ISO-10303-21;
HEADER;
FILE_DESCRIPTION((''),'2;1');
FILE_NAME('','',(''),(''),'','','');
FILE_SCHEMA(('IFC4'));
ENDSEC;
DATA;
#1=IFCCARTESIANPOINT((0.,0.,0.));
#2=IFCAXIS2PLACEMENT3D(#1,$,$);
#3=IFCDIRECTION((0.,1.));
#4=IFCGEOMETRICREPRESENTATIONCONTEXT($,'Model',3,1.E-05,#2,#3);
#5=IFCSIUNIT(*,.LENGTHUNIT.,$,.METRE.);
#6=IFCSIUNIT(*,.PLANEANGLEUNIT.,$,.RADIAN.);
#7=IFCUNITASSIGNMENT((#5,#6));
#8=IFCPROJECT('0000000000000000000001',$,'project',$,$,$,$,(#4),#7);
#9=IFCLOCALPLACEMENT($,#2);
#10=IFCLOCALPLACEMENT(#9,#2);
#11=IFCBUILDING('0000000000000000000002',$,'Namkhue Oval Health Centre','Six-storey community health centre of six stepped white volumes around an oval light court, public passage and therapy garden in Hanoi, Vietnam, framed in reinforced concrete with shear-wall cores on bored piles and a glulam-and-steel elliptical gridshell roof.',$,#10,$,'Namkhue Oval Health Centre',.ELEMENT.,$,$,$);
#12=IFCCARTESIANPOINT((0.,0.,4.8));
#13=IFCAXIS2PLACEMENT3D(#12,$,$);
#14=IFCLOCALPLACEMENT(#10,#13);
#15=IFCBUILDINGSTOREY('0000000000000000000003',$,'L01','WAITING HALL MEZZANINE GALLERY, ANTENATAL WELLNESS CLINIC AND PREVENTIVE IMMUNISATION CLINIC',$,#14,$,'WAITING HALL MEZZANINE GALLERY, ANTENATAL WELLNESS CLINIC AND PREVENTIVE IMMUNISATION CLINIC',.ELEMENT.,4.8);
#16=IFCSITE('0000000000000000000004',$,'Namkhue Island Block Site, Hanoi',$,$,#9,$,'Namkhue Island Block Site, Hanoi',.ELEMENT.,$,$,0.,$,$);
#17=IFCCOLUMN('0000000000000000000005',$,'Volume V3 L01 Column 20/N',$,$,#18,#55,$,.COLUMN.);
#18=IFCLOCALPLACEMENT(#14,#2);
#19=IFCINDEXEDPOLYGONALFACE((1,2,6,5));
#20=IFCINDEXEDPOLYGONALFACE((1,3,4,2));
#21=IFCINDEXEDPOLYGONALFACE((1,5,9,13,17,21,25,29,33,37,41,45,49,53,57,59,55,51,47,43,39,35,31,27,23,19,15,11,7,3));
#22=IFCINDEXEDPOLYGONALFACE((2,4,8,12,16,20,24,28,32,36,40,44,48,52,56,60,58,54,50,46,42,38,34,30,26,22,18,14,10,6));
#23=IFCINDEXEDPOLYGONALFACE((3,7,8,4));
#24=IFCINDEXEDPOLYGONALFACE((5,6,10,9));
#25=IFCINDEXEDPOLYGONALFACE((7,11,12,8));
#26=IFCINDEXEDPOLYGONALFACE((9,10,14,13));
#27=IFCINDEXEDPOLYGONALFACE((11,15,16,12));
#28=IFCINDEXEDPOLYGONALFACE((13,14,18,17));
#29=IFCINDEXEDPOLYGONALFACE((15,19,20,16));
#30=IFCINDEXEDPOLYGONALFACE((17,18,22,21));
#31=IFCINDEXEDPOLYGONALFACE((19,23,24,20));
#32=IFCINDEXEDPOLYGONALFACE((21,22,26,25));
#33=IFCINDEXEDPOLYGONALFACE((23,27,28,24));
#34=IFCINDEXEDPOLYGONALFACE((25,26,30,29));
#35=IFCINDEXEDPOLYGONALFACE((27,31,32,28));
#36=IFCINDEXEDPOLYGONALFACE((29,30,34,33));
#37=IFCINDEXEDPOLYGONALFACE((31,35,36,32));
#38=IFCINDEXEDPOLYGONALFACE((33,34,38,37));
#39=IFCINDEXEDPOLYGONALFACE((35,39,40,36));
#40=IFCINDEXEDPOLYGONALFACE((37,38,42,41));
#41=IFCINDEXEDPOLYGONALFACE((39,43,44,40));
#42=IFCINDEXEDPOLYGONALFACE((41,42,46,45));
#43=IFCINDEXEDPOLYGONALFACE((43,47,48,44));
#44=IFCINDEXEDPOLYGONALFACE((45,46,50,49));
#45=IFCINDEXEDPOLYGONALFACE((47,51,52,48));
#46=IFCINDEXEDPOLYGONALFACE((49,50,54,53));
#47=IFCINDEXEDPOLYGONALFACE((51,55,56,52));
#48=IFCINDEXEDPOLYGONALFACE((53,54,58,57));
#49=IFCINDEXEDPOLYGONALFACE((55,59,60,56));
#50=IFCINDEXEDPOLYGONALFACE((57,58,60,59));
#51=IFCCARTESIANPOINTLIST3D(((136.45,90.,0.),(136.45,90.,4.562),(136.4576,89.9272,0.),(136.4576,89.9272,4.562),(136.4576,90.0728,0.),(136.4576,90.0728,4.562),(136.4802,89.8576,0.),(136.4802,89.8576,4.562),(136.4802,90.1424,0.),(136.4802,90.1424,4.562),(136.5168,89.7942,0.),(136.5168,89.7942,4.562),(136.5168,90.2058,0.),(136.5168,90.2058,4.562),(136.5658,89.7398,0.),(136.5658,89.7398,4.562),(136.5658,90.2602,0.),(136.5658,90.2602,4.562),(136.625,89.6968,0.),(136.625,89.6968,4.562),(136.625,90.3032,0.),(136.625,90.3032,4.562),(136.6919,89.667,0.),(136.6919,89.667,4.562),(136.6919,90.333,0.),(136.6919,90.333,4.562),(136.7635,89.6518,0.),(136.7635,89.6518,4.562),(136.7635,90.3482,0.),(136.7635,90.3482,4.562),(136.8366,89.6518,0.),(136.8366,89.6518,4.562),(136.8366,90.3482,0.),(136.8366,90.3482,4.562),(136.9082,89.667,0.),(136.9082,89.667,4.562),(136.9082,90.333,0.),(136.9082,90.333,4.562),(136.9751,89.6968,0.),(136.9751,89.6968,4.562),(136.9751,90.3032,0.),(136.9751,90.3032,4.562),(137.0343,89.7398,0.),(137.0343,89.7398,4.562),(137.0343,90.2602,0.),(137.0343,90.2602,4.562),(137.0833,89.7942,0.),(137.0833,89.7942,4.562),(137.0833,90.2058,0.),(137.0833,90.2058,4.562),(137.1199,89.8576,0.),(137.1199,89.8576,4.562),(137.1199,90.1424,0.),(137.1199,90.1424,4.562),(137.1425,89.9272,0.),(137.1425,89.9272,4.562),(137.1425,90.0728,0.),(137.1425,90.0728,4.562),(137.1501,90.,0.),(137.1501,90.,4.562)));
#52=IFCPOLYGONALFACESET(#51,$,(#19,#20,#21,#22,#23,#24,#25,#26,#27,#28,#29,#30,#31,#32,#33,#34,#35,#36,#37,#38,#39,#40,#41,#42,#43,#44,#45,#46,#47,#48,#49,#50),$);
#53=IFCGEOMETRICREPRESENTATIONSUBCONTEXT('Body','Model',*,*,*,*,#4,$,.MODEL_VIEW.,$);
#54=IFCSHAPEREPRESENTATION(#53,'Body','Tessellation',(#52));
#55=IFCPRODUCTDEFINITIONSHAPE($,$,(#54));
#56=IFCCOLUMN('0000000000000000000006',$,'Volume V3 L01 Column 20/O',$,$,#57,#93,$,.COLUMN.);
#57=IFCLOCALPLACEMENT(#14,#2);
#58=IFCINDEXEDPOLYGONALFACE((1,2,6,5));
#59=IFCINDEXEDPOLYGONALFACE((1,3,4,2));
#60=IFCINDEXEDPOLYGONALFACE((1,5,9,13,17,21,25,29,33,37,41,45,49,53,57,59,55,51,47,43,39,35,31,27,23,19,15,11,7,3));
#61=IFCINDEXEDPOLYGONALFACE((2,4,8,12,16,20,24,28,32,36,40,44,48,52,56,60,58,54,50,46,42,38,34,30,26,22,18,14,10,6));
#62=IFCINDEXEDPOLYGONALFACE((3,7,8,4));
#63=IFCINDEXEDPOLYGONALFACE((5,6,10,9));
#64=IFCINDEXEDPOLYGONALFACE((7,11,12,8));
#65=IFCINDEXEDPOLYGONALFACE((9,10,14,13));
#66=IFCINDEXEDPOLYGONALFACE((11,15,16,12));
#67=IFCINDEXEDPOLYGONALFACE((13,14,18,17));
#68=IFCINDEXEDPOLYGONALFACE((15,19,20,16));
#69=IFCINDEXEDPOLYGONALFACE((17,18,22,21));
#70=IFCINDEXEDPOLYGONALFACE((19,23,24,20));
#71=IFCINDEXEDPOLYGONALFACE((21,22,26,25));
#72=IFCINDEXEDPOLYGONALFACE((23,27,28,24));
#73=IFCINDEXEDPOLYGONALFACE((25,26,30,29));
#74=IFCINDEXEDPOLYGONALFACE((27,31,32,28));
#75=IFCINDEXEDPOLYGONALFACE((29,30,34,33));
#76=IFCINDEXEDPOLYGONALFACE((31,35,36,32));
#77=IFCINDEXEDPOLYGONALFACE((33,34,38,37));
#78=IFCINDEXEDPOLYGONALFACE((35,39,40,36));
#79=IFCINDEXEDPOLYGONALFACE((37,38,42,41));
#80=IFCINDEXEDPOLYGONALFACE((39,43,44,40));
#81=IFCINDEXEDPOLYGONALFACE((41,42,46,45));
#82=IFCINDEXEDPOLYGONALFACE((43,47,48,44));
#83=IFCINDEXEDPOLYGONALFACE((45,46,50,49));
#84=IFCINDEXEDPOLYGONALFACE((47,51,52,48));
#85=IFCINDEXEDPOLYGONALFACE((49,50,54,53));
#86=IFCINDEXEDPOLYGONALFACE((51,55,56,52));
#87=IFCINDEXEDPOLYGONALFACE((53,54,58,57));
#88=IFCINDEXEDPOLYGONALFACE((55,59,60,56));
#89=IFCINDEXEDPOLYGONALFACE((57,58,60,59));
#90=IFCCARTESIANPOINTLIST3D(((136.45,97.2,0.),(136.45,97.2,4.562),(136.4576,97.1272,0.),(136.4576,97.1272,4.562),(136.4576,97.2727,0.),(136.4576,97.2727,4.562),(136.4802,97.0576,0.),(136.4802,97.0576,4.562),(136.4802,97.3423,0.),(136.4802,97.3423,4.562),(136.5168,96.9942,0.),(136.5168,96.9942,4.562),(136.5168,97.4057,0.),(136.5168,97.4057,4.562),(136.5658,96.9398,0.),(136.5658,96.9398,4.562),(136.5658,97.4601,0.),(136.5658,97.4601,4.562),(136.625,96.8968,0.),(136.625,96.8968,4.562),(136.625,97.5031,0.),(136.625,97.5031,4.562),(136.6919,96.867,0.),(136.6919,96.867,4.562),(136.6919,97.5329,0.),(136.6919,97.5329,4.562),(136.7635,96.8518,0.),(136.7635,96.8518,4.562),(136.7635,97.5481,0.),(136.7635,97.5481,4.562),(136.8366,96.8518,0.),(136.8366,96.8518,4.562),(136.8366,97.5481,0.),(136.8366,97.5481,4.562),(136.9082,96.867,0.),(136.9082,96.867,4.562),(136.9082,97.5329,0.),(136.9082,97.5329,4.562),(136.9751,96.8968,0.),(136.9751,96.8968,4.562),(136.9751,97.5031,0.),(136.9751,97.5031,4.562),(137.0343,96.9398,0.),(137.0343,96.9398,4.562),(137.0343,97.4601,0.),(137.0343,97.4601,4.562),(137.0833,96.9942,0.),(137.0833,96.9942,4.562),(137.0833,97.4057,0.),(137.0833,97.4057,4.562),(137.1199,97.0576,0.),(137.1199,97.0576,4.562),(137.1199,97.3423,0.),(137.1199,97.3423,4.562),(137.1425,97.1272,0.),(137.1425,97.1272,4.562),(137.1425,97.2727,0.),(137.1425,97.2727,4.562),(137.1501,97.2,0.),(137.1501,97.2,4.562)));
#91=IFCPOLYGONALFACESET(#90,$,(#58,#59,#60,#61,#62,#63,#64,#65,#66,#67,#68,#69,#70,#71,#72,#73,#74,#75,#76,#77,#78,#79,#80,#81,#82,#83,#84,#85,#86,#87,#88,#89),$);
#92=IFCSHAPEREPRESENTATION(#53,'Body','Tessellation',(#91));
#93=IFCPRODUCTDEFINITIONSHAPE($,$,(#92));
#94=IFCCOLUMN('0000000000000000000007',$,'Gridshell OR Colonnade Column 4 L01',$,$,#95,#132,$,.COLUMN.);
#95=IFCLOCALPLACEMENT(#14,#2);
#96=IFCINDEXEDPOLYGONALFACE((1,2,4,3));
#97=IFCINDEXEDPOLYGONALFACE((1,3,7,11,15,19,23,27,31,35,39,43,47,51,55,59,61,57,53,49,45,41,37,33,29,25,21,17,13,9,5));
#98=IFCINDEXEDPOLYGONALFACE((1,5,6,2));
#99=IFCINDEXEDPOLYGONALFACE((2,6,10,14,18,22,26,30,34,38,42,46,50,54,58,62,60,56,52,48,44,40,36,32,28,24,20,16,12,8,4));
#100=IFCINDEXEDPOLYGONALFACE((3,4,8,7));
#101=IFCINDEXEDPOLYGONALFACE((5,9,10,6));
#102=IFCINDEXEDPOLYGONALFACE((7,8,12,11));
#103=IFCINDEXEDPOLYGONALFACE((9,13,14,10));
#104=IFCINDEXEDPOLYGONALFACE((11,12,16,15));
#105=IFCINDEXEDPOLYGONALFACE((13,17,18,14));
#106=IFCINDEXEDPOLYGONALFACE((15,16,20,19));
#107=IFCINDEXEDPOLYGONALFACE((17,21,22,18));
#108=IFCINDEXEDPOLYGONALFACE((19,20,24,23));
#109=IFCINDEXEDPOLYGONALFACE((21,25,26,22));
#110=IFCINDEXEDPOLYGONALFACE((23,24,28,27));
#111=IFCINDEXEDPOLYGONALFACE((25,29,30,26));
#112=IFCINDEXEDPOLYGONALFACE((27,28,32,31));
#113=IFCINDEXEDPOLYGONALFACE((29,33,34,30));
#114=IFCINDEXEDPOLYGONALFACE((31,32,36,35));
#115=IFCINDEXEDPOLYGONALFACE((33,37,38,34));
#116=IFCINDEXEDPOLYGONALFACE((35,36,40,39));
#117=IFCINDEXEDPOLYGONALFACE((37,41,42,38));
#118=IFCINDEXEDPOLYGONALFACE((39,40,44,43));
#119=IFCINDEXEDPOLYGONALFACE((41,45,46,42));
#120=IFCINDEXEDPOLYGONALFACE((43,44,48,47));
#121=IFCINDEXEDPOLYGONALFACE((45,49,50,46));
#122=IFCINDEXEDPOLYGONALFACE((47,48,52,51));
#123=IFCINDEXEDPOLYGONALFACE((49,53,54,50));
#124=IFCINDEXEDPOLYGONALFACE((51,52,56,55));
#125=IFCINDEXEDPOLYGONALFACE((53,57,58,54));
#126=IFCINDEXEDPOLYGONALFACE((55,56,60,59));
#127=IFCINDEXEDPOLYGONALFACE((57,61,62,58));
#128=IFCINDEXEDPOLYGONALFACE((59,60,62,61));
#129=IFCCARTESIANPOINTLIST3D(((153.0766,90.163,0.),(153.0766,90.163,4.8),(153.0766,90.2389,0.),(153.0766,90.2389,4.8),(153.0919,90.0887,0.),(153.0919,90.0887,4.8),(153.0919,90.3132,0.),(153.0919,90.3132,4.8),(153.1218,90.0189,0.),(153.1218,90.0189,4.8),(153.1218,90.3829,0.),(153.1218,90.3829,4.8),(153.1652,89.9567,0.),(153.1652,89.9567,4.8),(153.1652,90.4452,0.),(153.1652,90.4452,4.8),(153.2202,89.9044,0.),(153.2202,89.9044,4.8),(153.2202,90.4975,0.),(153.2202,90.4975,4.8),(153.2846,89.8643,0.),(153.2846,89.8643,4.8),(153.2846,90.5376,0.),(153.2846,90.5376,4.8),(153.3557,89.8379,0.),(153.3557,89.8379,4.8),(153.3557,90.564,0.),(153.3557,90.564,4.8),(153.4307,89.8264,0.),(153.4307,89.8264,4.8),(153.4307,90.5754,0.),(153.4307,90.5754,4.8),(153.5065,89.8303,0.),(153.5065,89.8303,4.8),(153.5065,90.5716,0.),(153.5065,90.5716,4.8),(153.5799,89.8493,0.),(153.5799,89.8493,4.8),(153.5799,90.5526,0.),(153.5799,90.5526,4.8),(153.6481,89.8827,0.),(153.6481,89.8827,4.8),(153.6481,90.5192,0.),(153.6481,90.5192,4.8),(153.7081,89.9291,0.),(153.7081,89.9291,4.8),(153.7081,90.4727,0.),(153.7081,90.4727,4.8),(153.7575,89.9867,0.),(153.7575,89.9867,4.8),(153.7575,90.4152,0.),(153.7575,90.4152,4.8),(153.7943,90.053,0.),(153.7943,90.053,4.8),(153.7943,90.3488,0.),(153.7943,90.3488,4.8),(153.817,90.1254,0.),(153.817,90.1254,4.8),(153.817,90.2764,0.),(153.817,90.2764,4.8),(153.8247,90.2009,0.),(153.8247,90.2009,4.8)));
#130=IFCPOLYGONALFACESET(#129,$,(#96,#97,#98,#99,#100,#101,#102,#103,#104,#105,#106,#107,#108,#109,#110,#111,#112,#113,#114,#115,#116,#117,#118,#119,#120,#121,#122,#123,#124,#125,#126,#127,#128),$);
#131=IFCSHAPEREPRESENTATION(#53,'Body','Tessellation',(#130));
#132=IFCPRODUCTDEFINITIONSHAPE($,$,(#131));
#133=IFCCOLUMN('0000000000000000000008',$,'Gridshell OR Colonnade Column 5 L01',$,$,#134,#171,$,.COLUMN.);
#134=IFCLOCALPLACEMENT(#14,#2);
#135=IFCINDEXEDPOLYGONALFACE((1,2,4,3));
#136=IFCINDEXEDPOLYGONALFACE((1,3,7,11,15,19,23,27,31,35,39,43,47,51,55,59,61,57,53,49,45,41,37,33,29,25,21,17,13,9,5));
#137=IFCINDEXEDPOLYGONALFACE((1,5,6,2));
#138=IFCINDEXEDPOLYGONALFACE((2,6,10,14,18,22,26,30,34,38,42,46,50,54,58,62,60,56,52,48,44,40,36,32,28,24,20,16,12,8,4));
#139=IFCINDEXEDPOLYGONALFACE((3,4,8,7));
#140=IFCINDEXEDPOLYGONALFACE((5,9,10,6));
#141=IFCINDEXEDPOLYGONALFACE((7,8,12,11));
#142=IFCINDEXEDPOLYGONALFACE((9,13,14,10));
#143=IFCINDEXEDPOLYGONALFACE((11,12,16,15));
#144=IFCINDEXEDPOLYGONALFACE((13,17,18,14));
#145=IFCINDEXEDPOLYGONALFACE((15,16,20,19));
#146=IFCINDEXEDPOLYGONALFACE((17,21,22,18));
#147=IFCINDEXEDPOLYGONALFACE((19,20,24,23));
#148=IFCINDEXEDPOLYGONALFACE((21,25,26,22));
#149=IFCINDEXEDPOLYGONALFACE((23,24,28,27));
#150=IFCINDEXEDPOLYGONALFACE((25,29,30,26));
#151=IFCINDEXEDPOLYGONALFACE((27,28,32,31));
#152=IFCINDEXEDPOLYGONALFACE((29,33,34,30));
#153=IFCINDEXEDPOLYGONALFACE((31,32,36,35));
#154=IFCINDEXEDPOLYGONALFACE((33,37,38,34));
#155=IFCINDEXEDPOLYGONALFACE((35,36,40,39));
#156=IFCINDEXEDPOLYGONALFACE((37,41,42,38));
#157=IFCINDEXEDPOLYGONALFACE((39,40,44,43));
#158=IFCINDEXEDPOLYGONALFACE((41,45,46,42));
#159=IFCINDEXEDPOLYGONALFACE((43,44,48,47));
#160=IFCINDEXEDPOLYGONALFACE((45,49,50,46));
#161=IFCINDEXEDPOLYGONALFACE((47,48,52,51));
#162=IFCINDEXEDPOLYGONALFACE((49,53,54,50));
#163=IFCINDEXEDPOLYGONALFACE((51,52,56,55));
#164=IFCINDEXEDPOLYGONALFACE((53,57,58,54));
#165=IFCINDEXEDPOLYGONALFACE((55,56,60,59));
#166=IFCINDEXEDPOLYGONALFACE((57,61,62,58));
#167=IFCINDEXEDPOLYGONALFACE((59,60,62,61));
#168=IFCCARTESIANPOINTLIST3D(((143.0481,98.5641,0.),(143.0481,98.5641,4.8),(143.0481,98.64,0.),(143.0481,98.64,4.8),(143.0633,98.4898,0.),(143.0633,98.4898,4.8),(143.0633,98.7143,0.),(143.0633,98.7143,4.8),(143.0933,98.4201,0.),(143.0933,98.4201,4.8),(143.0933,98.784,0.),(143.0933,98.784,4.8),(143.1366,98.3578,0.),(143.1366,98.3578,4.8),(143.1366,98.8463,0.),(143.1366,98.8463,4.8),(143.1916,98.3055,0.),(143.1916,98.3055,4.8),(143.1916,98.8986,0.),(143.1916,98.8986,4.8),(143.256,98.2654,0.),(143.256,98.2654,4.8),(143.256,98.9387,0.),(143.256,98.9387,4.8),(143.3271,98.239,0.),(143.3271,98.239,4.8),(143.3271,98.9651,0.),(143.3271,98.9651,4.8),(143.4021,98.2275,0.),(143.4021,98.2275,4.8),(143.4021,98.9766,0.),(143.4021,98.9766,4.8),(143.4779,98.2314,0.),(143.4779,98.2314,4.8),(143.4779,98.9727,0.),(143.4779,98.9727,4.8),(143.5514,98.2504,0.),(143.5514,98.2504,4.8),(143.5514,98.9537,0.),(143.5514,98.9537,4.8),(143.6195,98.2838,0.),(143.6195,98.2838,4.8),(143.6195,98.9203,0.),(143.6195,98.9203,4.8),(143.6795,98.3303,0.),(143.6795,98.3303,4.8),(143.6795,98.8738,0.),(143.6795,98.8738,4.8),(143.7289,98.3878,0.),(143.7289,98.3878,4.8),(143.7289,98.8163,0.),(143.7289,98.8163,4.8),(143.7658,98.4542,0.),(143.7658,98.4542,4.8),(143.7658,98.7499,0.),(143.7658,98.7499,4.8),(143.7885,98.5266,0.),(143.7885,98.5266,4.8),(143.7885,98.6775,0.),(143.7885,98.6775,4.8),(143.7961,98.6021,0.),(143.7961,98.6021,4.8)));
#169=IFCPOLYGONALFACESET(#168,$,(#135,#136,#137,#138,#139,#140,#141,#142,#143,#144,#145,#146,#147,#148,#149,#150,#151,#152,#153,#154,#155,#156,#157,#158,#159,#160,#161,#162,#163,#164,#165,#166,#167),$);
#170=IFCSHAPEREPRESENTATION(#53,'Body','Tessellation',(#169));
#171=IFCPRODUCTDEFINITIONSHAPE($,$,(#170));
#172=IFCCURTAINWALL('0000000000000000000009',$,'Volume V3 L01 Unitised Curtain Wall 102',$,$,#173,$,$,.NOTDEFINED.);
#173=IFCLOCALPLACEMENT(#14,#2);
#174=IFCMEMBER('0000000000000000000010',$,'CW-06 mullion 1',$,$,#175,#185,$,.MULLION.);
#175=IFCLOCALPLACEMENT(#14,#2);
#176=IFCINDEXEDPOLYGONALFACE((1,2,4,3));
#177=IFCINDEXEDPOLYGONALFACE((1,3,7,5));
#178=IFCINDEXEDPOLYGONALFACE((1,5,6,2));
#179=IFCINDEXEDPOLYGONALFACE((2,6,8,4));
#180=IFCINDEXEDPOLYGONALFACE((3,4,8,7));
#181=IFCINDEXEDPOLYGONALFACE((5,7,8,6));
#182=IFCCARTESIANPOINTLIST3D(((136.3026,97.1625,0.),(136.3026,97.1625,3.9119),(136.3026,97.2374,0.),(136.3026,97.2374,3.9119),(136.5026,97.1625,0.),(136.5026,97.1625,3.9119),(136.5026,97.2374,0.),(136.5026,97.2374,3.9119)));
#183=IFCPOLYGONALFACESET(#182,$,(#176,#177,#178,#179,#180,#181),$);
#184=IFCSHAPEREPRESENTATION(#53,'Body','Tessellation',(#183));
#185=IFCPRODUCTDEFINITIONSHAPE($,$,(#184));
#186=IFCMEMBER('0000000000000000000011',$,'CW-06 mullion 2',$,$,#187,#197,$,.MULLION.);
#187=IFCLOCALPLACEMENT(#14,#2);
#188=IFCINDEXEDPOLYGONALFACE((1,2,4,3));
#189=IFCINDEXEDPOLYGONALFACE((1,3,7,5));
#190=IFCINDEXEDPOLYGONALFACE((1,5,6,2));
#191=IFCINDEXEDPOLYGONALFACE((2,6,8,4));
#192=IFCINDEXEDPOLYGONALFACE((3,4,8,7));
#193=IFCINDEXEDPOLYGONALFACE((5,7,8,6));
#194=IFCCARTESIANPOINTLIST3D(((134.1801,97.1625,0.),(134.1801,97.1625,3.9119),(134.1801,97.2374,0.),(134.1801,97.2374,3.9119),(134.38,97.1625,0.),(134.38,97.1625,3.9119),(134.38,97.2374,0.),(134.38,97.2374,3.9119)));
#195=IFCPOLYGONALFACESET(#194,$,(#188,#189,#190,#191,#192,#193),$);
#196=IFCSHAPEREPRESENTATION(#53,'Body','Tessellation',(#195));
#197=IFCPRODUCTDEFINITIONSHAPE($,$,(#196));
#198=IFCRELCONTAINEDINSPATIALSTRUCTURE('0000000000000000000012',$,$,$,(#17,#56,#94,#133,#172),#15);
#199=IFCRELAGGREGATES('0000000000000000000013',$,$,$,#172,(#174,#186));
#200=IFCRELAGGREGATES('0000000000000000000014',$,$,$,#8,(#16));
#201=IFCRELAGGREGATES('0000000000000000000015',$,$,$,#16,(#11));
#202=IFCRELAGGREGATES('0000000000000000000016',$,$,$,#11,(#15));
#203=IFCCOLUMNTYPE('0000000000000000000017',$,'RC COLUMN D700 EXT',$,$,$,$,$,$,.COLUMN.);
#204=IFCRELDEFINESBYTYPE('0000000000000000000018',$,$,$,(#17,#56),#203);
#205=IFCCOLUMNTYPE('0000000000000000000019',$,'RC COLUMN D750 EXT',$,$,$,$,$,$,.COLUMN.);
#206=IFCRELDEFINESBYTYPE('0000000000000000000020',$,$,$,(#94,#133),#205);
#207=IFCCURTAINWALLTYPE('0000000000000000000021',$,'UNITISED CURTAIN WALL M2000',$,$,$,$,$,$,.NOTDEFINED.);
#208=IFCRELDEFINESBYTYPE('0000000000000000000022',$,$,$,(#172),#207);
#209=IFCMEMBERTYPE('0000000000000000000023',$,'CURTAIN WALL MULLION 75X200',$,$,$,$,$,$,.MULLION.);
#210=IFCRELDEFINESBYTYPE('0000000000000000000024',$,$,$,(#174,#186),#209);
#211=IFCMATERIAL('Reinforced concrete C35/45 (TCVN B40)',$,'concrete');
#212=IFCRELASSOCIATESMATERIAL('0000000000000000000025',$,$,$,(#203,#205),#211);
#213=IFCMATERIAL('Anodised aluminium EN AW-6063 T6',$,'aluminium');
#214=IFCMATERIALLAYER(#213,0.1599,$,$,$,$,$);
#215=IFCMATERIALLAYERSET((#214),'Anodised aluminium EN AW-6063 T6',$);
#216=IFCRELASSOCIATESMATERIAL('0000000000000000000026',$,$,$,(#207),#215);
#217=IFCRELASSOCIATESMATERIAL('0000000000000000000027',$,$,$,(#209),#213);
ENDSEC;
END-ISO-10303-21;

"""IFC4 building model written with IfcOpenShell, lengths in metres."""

from ifc_helpers import new_model, si_unit, direction, frame, origin, origin_2d, place, context, subcontext, project, spatial, rectangle, circle, extrude, material, layer, layer_set, material_profile, profile_set, type_object, element, aggregate, save


model = new_model("IFC4")

# Units and contexts
model_context = context("Model", 3, precision=1e-05, world=origin(), true_north=direction((0.0, 1.0)))
body_context = subcontext(model_context, "Body", "Model", "MODEL_VIEW")
ifc_project = project(units=[si_unit("LENGTHUNIT", "METRE"), si_unit("PLANEANGLEUNIT", "RADIAN")], contexts=[model_context])

# Site, building, storey
site_placement = place(None, origin())
site = spatial("IfcSite", under=ifc_project, at=site_placement, Name="Namkhue Island Block Site, Hanoi", LongName="Namkhue Island Block Site, Hanoi", CompositionType="ELEMENT", RefElevation=0.0)
building_placement = place(site_placement, origin())
building = spatial("IfcBuilding", under=site, at=building_placement, Name="Namkhue Oval Health Centre", Description="Six-storey community health centre of six stepped white volumes around an oval light court, public passage and therapy garden in Hanoi, Vietnam, framed in reinforced concrete with shear-wall cores on bored piles and a glulam-and-steel elliptical gridshell roof.", LongName="Namkhue Oval Health Centre", CompositionType="ELEMENT")
storey_placement = place(building_placement, frame((0.0, 0.0, 4.8)))
storey = spatial("IfcBuildingStorey", under=building, at=storey_placement, Name="L01", Description="WAITING HALL MEZZANINE GALLERY, ANTENATAL WELLNESS CLINIC AND PREVENTIVE IMMUNISATION CLINIC", LongName="WAITING HALL MEZZANINE GALLERY, ANTENATAL WELLNESS CLINIC AND PREVENTIVE IMMUNISATION CLINIC", CompositionType="ELEMENT", Elevation=4.8)

# Columns
ifc_material_1 = material(Name="Reinforced concrete C35/45 (TCVN B40)", Category="concrete")
ifc_material_profile_1 = material_profile(ifc_material_1, circle(Radius=0.3501, at=origin_2d()), Name="RC D700")
ifc_profile_set_1 = profile_set([ifc_material_profile_1], Name="Reinforced concrete C35/45 (TCVN B40)")
column_type_1 = type_object("IfcColumnType", Name="RC COLUMN D700 EXT", PredefinedType="COLUMN", material=ifc_profile_set_1)
for number, where, z_axis, x_axis, name in (
    (1, (136.8, 90.0, 0.0), (0.0, 0.0, 1.0), (1.0, 0.0, 0.0), "Volume V3 L01 Column 20/N"),
    (2, (136.8, 97.2, 0.0), (0.0, 0.0, 1.0), (1.0, 0.0, 0.0), "Volume V3 L01 Column 20/O"),
):
    element("IfcColumn", number, at=place(storey_placement, frame(where, z_axis=z_axis, x_axis=x_axis)), inside=storey, type_object=column_type_1, Name=name, PredefinedType="COLUMN", context=body_context, shape_type="SweptSolid", body=[
        extrude(circle(Radius=0.3501, at=origin_2d()), origin(), (0.0, 0.0, 1.0), 4.562),
    ])
ifc_material_profile_2 = material_profile(ifc_material_1, circle(Radius=0.375, at=origin_2d()), Name="RC D750")
ifc_profile_set_2 = profile_set([ifc_material_profile_2], Name="Reinforced concrete C35/45 (TCVN B40)")
column_type_2 = type_object("IfcColumnType", Name="RC COLUMN D750 EXT", PredefinedType="COLUMN", material=ifc_profile_set_2)
for number, where, z_axis, x_axis, name in (
    (3, (153.4497, 90.2009, 0.0), (0.0, 0.0, 1.0), (1.0, 0.0, 0.0), "Gridshell OR Colonnade Column 4 L01"),
    (4, (143.4211, 98.6021, 0.0), (0.0, 0.0, 1.0), (1.0, 0.0, 0.0), "Gridshell OR Colonnade Column 5 L01"),
):
    element("IfcColumn", number, at=place(storey_placement, frame(where, z_axis=z_axis, x_axis=x_axis)), inside=storey, type_object=column_type_2, Name=name, PredefinedType="COLUMN", context=body_context, shape_type="SweptSolid", body=[
        extrude(circle(Radius=0.375, at=origin_2d()), origin(), (0.0, 0.0, 1.0), 4.8),
    ])

# Curtain wall, members
ifc_material_2 = material(Name="Anodised aluminium EN AW-6063 T6", Category="aluminium")
ifc_layer_1 = layer(ifc_material_2, 0.1599)
ifc_layer_set_1 = layer_set([ifc_layer_1], Name="Anodised aluminium EN AW-6063 T6")
curtain_wall_type = type_object("IfcCurtainWallType", Name="UNITISED CURTAIN WALL M2000", PredefinedType="NOTDEFINED", material=ifc_layer_set_1)
curtain_wall_placement = place(storey_placement, origin())
curtain_wall = element("IfcCurtainWall", 5, at=curtain_wall_placement, inside=storey, type_object=curtain_wall_type, Name="Volume V3 L01 Unitised Curtain Wall 102", PredefinedType="NOTDEFINED")
ifc_material_profile_3 = material_profile(ifc_material_2, rectangle(XDim=0.075, YDim=0.2, at=origin_2d()), Name="ALU 75x200")
ifc_profile_set_3 = profile_set([ifc_material_profile_3], Name="Anodised aluminium EN AW-6063 T6")
member_type_1 = type_object("IfcMemberType", Name="CURTAIN WALL MULLION 75X200", PredefinedType="MULLION", material=ifc_profile_set_3)
member_1_placement = place(storey_placement, frame((136.4026, 97.2, 0.0), z_axis=(0.0, 0.0, 1.0), x_axis=(0.0, -1.0, 0.0)))
member_1 = element("IfcMember", 6, at=member_1_placement, type_object=member_type_1, Name="CW-06 mullion 1", PredefinedType="MULLION", context=body_context, shape_type="SweptSolid", body=[
    extrude(rectangle(XDim=0.075, YDim=0.2, at=origin_2d()), origin(), (0.0, 0.0, 1.0), 3.9119),
])
member_2_placement = place(storey_placement, frame((134.28, 97.2, 0.0), z_axis=(0.0, 0.0, 1.0), x_axis=(0.0, -1.0, 0.0)))
member_2 = element("IfcMember", 7, at=member_2_placement, type_object=member_type_1, Name="CW-06 mullion 2", PredefinedType="MULLION", context=body_context, shape_type="SweptSolid", body=[
    extrude(rectangle(XDim=0.075, YDim=0.2, at=origin_2d()), origin(), (0.0, 0.0, 1.0), 3.9119),
])

aggregate(curtain_wall, [member_1, member_2])

save(model, "model.ifc")
